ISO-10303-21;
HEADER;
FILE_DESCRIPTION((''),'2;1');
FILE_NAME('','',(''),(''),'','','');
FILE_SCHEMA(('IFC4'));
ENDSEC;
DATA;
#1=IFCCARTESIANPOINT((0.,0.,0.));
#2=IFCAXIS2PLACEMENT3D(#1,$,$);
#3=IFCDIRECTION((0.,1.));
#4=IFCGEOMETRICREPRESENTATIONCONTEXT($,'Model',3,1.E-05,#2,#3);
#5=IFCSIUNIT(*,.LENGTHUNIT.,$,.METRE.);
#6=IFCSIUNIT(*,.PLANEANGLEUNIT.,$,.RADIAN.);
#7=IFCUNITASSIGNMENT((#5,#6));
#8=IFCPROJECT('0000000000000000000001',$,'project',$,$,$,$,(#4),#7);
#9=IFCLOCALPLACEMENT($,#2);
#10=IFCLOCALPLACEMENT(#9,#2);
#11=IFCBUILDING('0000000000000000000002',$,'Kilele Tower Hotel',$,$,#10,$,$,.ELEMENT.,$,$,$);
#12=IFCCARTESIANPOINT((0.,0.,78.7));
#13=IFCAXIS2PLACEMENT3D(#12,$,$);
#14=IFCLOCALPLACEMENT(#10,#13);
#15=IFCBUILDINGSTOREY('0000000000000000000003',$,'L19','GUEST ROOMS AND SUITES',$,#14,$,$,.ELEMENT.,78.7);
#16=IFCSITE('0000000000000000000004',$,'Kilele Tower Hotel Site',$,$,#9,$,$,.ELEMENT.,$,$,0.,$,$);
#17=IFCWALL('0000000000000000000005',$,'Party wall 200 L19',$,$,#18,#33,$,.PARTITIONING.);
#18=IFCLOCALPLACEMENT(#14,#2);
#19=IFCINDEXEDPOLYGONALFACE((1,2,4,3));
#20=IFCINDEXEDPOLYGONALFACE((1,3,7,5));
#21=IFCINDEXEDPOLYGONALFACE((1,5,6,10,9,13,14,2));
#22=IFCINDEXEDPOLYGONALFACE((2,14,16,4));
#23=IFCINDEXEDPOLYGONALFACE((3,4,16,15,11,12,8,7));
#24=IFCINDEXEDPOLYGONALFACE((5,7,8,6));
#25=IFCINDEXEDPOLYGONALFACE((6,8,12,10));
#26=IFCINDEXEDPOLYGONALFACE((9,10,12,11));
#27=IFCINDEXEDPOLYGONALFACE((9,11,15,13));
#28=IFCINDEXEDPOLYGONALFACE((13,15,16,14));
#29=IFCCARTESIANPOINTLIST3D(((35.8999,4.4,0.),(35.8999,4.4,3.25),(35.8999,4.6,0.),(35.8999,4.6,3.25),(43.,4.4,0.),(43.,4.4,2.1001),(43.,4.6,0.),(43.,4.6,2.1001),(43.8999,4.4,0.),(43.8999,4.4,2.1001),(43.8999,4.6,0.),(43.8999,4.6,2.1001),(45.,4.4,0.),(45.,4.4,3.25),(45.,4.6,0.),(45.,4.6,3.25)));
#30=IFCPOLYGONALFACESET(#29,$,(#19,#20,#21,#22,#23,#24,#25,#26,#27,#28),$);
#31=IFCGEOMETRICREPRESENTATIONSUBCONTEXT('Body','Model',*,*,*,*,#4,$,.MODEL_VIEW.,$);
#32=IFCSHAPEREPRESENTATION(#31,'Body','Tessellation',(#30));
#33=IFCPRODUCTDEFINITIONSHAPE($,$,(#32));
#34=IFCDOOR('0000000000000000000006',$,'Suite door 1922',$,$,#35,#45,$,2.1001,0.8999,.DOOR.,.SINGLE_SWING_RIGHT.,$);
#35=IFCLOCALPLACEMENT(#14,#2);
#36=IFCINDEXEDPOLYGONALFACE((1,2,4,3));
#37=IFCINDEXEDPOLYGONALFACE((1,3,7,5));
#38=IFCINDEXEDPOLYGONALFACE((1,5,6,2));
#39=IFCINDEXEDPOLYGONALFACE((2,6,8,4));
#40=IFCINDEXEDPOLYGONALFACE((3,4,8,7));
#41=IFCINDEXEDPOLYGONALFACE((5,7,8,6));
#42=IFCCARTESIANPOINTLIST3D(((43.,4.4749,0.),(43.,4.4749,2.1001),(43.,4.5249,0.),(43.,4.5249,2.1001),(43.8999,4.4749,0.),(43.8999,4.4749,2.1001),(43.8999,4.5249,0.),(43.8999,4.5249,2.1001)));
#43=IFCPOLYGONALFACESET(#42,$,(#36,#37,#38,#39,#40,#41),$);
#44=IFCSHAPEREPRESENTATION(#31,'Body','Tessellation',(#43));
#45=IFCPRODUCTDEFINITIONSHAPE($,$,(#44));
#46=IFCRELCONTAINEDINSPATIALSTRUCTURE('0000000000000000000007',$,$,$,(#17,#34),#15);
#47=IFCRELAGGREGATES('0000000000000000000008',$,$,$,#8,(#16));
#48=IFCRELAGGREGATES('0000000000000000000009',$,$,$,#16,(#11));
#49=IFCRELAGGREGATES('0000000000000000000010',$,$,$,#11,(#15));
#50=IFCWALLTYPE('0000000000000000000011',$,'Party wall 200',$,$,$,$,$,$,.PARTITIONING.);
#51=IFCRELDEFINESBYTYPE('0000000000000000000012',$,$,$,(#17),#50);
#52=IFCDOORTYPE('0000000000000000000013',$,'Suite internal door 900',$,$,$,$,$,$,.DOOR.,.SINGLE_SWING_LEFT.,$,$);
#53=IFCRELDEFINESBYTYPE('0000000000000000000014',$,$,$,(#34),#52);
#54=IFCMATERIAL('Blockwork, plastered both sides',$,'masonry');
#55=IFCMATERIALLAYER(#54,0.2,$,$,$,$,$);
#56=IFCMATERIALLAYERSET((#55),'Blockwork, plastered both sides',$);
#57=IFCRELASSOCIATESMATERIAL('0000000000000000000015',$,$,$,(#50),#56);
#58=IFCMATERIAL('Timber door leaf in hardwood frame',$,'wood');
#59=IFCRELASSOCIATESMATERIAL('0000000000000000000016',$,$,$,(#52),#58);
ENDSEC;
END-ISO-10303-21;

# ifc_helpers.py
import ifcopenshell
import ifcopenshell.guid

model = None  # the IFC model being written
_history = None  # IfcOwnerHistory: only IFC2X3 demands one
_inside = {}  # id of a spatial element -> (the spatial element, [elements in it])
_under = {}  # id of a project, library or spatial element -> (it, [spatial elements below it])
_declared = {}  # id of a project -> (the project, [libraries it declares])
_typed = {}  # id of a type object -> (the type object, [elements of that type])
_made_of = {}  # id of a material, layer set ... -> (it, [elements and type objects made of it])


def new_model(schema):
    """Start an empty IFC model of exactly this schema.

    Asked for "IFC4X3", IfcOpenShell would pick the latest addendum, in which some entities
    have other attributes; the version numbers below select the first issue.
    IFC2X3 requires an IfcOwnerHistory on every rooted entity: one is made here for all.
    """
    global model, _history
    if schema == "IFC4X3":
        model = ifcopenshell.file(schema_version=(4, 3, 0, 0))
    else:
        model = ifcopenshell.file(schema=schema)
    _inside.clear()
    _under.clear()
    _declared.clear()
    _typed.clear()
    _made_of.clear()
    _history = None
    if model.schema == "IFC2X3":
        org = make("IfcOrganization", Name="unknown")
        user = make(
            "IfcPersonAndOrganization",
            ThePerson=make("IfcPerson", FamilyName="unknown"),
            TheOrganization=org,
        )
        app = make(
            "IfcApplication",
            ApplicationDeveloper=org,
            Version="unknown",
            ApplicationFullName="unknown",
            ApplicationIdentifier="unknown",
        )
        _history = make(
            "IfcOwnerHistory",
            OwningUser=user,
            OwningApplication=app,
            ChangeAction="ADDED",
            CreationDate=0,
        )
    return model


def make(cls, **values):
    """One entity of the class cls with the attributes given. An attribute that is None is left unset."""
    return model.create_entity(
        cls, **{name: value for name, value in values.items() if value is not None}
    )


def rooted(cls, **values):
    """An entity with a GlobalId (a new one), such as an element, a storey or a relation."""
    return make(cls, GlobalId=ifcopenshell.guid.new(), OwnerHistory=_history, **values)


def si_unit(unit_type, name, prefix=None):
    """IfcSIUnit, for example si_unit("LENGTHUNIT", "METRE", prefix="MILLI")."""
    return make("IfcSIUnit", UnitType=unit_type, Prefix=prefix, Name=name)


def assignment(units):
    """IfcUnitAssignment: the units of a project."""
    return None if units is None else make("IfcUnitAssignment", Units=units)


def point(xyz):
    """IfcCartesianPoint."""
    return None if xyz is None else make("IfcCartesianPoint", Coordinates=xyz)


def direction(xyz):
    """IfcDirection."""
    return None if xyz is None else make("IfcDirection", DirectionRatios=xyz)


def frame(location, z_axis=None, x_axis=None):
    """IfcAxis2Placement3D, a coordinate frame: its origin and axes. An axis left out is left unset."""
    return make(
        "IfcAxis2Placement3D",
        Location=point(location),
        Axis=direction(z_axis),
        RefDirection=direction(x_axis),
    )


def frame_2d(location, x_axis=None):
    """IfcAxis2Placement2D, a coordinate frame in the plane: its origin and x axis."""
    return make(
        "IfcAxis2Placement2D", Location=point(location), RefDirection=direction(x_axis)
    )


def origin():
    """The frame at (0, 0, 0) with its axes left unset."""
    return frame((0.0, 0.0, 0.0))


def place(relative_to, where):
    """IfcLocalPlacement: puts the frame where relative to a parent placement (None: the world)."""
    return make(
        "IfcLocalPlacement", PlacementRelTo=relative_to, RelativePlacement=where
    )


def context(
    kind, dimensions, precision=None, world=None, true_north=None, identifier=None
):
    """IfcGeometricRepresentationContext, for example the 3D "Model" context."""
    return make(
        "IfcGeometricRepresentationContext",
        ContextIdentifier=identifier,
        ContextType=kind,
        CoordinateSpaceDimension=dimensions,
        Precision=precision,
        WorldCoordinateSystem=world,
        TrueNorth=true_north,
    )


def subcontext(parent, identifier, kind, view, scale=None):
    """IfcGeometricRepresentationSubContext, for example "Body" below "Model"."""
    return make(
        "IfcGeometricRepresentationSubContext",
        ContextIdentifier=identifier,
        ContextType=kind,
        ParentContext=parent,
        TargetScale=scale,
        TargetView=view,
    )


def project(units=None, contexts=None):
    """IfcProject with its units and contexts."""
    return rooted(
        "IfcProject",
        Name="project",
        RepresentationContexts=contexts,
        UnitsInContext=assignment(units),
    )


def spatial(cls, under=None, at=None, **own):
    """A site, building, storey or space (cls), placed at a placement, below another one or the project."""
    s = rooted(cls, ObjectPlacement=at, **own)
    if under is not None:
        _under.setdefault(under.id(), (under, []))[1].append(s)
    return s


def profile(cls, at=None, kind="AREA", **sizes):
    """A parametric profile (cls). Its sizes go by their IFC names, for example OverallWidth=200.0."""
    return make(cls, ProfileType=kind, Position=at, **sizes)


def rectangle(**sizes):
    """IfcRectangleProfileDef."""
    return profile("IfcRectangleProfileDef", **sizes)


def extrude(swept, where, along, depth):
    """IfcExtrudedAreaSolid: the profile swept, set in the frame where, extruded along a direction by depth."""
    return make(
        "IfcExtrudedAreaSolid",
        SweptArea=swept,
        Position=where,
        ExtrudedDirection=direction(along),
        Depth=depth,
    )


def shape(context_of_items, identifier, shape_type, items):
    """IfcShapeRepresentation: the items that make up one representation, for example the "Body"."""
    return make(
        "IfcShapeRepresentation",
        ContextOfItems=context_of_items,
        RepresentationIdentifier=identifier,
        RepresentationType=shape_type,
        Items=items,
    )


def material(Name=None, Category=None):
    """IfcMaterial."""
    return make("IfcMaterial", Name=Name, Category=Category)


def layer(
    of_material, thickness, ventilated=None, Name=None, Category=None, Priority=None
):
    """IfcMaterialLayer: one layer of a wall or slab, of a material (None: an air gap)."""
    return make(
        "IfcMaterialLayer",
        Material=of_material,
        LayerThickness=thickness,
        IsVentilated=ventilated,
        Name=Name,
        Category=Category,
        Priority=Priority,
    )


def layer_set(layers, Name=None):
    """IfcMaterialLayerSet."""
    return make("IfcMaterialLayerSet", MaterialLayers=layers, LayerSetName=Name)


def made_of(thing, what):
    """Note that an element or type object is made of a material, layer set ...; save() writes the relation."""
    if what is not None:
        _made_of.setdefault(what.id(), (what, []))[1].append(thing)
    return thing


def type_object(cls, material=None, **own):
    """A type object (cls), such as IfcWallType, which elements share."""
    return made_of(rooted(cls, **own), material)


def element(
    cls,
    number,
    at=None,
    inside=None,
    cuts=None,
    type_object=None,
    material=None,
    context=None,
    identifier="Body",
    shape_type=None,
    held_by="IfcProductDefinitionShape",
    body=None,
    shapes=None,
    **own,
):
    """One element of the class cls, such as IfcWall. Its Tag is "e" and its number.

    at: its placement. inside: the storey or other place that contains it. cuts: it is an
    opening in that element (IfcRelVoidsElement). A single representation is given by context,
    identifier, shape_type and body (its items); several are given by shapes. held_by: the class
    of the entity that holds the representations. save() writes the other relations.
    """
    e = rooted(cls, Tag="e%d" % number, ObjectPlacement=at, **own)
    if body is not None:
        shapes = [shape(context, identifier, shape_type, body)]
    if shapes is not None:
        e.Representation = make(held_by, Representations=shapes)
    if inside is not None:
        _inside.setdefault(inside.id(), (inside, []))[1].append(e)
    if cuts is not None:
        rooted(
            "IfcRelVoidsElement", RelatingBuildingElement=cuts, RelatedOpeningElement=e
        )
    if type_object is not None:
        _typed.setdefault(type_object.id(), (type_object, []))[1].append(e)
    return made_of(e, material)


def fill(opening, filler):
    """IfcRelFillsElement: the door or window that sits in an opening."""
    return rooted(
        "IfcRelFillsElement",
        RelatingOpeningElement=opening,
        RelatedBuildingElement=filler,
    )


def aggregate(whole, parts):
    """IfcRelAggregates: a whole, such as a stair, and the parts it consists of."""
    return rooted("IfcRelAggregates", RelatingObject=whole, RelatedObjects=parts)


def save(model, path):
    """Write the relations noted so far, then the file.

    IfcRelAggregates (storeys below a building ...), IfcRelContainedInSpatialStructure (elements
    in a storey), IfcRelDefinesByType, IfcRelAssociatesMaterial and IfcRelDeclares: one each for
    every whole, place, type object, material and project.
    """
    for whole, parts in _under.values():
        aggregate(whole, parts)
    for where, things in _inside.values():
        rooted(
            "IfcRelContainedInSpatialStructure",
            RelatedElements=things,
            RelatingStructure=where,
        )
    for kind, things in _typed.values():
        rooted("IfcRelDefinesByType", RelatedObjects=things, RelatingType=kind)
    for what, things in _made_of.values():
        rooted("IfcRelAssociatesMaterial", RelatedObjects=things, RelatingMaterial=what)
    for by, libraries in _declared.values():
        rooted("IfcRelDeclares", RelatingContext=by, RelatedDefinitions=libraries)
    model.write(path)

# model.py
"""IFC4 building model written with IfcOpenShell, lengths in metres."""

from ifc_helpers import new_model, si_unit, direction, frame, frame_2d, origin, place, context, subcontext, project, spatial, rectangle, extrude, material, layer, layer_set, type_object, element, fill, save


model = new_model("IFC4")

# Units and contexts
model_context = context("Model", 3, precision=1e-05, world=origin(), true_north=direction((0.0, 1.0)))
body_context = subcontext(model_context, "Body", "Model", "MODEL_VIEW")
ifc_project = project(units=[si_unit("LENGTHUNIT", "METRE"), si_unit("PLANEANGLEUNIT", "RADIAN")], contexts=[model_context])

# Site, building, storey
site_placement = place(None, origin())
site = spatial("IfcSite", under=ifc_project, at=site_placement, Name="Kilele Tower Hotel Site", CompositionType="ELEMENT", RefElevation=0.0)
building_placement = place(site_placement, origin())
building = spatial("IfcBuilding", under=site, at=building_placement, Name="Kilele Tower Hotel", CompositionType="ELEMENT")
storey_placement = place(building_placement, frame((0.0, 0.0, 78.7)))
storey = spatial("IfcBuildingStorey", under=building, at=storey_placement, Name="L19", Description="GUEST ROOMS AND SUITES", CompositionType="ELEMENT", Elevation=78.7)

# Wall, opening, door
ifc_material_1 = material(Name="Blockwork, plastered both sides", Category="masonry")
ifc_layer_1 = layer(ifc_material_1, 0.2)
ifc_layer_set_1 = layer_set([ifc_layer_1], Name="Blockwork, plastered both sides")
wall_type_1 = type_object("IfcWallType", Name="Party wall 200", PredefinedType="PARTITIONING", material=ifc_layer_set_1)
wall_1_placement = place(storey_placement, frame((35.8999, 4.5, 0.0), z_axis=(0.0, 0.0, 1.0), x_axis=(1.0, 0.0, 0.0)))
wall_1 = element("IfcWall", 1, at=wall_1_placement, inside=storey, type_object=wall_type_1, Name="Party wall 200 L19", PredefinedType="PARTITIONING", context=body_context, shape_type="SweptSolid", body=[
    extrude(rectangle(XDim=9.1001, YDim=0.2, at=frame_2d((4.55, 0.0))), origin(), (0.0, 0.0, 1.0), 3.25),
])
opening_1_placement = place(wall_1_placement, frame((7.1001, 0.0, 0.0)))
opening_1 = element("IfcOpeningElement", 2, at=opening_1_placement, cuts=wall_1, PredefinedType="OPENING", context=body_context, shape_type="SweptSolid", body=[
    extrude(rectangle(XDim=0.8999, YDim=2.1001, at=frame_2d((0.45, 1.05))), frame((0.0, 0.1099, 0.0), z_axis=(0.0, -1.0, 0.0), x_axis=(1.0, 0.0, 0.0)), (0.0, 0.0, 1.0), 0.22),
])
ifc_material_2 = material(Name="Timber door leaf in hardwood frame", Category="wood")
door_type_1 = type_object("IfcDoorType", Name="Suite internal door 900", OperationType="SINGLE_SWING_LEFT", PredefinedType="DOOR", material=ifc_material_2)
door_1_placement = place(opening_1_placement, origin())
door_1 = element("IfcDoor", 3, at=door_1_placement, inside=storey, type_object=door_type_1, Name="Suite door 1922", OperationType="SINGLE_SWING_RIGHT", OverallHeight=2.1001, OverallWidth=0.8999, PredefinedType="DOOR", context=body_context, shape_type="SweptSolid", body=[
    extrude(rectangle(XDim=0.8999, YDim=2.1001, at=frame_2d((0.45, 1.05))), frame((0.0, 0.0249, 0.0), z_axis=(0.0, -1.0, 0.0), x_axis=(1.0, 0.0, 0.0)), (0.0, 0.0, 1.0), 0.05),
])
fill(opening_1, door_1)

save(model, "model.ifc")
